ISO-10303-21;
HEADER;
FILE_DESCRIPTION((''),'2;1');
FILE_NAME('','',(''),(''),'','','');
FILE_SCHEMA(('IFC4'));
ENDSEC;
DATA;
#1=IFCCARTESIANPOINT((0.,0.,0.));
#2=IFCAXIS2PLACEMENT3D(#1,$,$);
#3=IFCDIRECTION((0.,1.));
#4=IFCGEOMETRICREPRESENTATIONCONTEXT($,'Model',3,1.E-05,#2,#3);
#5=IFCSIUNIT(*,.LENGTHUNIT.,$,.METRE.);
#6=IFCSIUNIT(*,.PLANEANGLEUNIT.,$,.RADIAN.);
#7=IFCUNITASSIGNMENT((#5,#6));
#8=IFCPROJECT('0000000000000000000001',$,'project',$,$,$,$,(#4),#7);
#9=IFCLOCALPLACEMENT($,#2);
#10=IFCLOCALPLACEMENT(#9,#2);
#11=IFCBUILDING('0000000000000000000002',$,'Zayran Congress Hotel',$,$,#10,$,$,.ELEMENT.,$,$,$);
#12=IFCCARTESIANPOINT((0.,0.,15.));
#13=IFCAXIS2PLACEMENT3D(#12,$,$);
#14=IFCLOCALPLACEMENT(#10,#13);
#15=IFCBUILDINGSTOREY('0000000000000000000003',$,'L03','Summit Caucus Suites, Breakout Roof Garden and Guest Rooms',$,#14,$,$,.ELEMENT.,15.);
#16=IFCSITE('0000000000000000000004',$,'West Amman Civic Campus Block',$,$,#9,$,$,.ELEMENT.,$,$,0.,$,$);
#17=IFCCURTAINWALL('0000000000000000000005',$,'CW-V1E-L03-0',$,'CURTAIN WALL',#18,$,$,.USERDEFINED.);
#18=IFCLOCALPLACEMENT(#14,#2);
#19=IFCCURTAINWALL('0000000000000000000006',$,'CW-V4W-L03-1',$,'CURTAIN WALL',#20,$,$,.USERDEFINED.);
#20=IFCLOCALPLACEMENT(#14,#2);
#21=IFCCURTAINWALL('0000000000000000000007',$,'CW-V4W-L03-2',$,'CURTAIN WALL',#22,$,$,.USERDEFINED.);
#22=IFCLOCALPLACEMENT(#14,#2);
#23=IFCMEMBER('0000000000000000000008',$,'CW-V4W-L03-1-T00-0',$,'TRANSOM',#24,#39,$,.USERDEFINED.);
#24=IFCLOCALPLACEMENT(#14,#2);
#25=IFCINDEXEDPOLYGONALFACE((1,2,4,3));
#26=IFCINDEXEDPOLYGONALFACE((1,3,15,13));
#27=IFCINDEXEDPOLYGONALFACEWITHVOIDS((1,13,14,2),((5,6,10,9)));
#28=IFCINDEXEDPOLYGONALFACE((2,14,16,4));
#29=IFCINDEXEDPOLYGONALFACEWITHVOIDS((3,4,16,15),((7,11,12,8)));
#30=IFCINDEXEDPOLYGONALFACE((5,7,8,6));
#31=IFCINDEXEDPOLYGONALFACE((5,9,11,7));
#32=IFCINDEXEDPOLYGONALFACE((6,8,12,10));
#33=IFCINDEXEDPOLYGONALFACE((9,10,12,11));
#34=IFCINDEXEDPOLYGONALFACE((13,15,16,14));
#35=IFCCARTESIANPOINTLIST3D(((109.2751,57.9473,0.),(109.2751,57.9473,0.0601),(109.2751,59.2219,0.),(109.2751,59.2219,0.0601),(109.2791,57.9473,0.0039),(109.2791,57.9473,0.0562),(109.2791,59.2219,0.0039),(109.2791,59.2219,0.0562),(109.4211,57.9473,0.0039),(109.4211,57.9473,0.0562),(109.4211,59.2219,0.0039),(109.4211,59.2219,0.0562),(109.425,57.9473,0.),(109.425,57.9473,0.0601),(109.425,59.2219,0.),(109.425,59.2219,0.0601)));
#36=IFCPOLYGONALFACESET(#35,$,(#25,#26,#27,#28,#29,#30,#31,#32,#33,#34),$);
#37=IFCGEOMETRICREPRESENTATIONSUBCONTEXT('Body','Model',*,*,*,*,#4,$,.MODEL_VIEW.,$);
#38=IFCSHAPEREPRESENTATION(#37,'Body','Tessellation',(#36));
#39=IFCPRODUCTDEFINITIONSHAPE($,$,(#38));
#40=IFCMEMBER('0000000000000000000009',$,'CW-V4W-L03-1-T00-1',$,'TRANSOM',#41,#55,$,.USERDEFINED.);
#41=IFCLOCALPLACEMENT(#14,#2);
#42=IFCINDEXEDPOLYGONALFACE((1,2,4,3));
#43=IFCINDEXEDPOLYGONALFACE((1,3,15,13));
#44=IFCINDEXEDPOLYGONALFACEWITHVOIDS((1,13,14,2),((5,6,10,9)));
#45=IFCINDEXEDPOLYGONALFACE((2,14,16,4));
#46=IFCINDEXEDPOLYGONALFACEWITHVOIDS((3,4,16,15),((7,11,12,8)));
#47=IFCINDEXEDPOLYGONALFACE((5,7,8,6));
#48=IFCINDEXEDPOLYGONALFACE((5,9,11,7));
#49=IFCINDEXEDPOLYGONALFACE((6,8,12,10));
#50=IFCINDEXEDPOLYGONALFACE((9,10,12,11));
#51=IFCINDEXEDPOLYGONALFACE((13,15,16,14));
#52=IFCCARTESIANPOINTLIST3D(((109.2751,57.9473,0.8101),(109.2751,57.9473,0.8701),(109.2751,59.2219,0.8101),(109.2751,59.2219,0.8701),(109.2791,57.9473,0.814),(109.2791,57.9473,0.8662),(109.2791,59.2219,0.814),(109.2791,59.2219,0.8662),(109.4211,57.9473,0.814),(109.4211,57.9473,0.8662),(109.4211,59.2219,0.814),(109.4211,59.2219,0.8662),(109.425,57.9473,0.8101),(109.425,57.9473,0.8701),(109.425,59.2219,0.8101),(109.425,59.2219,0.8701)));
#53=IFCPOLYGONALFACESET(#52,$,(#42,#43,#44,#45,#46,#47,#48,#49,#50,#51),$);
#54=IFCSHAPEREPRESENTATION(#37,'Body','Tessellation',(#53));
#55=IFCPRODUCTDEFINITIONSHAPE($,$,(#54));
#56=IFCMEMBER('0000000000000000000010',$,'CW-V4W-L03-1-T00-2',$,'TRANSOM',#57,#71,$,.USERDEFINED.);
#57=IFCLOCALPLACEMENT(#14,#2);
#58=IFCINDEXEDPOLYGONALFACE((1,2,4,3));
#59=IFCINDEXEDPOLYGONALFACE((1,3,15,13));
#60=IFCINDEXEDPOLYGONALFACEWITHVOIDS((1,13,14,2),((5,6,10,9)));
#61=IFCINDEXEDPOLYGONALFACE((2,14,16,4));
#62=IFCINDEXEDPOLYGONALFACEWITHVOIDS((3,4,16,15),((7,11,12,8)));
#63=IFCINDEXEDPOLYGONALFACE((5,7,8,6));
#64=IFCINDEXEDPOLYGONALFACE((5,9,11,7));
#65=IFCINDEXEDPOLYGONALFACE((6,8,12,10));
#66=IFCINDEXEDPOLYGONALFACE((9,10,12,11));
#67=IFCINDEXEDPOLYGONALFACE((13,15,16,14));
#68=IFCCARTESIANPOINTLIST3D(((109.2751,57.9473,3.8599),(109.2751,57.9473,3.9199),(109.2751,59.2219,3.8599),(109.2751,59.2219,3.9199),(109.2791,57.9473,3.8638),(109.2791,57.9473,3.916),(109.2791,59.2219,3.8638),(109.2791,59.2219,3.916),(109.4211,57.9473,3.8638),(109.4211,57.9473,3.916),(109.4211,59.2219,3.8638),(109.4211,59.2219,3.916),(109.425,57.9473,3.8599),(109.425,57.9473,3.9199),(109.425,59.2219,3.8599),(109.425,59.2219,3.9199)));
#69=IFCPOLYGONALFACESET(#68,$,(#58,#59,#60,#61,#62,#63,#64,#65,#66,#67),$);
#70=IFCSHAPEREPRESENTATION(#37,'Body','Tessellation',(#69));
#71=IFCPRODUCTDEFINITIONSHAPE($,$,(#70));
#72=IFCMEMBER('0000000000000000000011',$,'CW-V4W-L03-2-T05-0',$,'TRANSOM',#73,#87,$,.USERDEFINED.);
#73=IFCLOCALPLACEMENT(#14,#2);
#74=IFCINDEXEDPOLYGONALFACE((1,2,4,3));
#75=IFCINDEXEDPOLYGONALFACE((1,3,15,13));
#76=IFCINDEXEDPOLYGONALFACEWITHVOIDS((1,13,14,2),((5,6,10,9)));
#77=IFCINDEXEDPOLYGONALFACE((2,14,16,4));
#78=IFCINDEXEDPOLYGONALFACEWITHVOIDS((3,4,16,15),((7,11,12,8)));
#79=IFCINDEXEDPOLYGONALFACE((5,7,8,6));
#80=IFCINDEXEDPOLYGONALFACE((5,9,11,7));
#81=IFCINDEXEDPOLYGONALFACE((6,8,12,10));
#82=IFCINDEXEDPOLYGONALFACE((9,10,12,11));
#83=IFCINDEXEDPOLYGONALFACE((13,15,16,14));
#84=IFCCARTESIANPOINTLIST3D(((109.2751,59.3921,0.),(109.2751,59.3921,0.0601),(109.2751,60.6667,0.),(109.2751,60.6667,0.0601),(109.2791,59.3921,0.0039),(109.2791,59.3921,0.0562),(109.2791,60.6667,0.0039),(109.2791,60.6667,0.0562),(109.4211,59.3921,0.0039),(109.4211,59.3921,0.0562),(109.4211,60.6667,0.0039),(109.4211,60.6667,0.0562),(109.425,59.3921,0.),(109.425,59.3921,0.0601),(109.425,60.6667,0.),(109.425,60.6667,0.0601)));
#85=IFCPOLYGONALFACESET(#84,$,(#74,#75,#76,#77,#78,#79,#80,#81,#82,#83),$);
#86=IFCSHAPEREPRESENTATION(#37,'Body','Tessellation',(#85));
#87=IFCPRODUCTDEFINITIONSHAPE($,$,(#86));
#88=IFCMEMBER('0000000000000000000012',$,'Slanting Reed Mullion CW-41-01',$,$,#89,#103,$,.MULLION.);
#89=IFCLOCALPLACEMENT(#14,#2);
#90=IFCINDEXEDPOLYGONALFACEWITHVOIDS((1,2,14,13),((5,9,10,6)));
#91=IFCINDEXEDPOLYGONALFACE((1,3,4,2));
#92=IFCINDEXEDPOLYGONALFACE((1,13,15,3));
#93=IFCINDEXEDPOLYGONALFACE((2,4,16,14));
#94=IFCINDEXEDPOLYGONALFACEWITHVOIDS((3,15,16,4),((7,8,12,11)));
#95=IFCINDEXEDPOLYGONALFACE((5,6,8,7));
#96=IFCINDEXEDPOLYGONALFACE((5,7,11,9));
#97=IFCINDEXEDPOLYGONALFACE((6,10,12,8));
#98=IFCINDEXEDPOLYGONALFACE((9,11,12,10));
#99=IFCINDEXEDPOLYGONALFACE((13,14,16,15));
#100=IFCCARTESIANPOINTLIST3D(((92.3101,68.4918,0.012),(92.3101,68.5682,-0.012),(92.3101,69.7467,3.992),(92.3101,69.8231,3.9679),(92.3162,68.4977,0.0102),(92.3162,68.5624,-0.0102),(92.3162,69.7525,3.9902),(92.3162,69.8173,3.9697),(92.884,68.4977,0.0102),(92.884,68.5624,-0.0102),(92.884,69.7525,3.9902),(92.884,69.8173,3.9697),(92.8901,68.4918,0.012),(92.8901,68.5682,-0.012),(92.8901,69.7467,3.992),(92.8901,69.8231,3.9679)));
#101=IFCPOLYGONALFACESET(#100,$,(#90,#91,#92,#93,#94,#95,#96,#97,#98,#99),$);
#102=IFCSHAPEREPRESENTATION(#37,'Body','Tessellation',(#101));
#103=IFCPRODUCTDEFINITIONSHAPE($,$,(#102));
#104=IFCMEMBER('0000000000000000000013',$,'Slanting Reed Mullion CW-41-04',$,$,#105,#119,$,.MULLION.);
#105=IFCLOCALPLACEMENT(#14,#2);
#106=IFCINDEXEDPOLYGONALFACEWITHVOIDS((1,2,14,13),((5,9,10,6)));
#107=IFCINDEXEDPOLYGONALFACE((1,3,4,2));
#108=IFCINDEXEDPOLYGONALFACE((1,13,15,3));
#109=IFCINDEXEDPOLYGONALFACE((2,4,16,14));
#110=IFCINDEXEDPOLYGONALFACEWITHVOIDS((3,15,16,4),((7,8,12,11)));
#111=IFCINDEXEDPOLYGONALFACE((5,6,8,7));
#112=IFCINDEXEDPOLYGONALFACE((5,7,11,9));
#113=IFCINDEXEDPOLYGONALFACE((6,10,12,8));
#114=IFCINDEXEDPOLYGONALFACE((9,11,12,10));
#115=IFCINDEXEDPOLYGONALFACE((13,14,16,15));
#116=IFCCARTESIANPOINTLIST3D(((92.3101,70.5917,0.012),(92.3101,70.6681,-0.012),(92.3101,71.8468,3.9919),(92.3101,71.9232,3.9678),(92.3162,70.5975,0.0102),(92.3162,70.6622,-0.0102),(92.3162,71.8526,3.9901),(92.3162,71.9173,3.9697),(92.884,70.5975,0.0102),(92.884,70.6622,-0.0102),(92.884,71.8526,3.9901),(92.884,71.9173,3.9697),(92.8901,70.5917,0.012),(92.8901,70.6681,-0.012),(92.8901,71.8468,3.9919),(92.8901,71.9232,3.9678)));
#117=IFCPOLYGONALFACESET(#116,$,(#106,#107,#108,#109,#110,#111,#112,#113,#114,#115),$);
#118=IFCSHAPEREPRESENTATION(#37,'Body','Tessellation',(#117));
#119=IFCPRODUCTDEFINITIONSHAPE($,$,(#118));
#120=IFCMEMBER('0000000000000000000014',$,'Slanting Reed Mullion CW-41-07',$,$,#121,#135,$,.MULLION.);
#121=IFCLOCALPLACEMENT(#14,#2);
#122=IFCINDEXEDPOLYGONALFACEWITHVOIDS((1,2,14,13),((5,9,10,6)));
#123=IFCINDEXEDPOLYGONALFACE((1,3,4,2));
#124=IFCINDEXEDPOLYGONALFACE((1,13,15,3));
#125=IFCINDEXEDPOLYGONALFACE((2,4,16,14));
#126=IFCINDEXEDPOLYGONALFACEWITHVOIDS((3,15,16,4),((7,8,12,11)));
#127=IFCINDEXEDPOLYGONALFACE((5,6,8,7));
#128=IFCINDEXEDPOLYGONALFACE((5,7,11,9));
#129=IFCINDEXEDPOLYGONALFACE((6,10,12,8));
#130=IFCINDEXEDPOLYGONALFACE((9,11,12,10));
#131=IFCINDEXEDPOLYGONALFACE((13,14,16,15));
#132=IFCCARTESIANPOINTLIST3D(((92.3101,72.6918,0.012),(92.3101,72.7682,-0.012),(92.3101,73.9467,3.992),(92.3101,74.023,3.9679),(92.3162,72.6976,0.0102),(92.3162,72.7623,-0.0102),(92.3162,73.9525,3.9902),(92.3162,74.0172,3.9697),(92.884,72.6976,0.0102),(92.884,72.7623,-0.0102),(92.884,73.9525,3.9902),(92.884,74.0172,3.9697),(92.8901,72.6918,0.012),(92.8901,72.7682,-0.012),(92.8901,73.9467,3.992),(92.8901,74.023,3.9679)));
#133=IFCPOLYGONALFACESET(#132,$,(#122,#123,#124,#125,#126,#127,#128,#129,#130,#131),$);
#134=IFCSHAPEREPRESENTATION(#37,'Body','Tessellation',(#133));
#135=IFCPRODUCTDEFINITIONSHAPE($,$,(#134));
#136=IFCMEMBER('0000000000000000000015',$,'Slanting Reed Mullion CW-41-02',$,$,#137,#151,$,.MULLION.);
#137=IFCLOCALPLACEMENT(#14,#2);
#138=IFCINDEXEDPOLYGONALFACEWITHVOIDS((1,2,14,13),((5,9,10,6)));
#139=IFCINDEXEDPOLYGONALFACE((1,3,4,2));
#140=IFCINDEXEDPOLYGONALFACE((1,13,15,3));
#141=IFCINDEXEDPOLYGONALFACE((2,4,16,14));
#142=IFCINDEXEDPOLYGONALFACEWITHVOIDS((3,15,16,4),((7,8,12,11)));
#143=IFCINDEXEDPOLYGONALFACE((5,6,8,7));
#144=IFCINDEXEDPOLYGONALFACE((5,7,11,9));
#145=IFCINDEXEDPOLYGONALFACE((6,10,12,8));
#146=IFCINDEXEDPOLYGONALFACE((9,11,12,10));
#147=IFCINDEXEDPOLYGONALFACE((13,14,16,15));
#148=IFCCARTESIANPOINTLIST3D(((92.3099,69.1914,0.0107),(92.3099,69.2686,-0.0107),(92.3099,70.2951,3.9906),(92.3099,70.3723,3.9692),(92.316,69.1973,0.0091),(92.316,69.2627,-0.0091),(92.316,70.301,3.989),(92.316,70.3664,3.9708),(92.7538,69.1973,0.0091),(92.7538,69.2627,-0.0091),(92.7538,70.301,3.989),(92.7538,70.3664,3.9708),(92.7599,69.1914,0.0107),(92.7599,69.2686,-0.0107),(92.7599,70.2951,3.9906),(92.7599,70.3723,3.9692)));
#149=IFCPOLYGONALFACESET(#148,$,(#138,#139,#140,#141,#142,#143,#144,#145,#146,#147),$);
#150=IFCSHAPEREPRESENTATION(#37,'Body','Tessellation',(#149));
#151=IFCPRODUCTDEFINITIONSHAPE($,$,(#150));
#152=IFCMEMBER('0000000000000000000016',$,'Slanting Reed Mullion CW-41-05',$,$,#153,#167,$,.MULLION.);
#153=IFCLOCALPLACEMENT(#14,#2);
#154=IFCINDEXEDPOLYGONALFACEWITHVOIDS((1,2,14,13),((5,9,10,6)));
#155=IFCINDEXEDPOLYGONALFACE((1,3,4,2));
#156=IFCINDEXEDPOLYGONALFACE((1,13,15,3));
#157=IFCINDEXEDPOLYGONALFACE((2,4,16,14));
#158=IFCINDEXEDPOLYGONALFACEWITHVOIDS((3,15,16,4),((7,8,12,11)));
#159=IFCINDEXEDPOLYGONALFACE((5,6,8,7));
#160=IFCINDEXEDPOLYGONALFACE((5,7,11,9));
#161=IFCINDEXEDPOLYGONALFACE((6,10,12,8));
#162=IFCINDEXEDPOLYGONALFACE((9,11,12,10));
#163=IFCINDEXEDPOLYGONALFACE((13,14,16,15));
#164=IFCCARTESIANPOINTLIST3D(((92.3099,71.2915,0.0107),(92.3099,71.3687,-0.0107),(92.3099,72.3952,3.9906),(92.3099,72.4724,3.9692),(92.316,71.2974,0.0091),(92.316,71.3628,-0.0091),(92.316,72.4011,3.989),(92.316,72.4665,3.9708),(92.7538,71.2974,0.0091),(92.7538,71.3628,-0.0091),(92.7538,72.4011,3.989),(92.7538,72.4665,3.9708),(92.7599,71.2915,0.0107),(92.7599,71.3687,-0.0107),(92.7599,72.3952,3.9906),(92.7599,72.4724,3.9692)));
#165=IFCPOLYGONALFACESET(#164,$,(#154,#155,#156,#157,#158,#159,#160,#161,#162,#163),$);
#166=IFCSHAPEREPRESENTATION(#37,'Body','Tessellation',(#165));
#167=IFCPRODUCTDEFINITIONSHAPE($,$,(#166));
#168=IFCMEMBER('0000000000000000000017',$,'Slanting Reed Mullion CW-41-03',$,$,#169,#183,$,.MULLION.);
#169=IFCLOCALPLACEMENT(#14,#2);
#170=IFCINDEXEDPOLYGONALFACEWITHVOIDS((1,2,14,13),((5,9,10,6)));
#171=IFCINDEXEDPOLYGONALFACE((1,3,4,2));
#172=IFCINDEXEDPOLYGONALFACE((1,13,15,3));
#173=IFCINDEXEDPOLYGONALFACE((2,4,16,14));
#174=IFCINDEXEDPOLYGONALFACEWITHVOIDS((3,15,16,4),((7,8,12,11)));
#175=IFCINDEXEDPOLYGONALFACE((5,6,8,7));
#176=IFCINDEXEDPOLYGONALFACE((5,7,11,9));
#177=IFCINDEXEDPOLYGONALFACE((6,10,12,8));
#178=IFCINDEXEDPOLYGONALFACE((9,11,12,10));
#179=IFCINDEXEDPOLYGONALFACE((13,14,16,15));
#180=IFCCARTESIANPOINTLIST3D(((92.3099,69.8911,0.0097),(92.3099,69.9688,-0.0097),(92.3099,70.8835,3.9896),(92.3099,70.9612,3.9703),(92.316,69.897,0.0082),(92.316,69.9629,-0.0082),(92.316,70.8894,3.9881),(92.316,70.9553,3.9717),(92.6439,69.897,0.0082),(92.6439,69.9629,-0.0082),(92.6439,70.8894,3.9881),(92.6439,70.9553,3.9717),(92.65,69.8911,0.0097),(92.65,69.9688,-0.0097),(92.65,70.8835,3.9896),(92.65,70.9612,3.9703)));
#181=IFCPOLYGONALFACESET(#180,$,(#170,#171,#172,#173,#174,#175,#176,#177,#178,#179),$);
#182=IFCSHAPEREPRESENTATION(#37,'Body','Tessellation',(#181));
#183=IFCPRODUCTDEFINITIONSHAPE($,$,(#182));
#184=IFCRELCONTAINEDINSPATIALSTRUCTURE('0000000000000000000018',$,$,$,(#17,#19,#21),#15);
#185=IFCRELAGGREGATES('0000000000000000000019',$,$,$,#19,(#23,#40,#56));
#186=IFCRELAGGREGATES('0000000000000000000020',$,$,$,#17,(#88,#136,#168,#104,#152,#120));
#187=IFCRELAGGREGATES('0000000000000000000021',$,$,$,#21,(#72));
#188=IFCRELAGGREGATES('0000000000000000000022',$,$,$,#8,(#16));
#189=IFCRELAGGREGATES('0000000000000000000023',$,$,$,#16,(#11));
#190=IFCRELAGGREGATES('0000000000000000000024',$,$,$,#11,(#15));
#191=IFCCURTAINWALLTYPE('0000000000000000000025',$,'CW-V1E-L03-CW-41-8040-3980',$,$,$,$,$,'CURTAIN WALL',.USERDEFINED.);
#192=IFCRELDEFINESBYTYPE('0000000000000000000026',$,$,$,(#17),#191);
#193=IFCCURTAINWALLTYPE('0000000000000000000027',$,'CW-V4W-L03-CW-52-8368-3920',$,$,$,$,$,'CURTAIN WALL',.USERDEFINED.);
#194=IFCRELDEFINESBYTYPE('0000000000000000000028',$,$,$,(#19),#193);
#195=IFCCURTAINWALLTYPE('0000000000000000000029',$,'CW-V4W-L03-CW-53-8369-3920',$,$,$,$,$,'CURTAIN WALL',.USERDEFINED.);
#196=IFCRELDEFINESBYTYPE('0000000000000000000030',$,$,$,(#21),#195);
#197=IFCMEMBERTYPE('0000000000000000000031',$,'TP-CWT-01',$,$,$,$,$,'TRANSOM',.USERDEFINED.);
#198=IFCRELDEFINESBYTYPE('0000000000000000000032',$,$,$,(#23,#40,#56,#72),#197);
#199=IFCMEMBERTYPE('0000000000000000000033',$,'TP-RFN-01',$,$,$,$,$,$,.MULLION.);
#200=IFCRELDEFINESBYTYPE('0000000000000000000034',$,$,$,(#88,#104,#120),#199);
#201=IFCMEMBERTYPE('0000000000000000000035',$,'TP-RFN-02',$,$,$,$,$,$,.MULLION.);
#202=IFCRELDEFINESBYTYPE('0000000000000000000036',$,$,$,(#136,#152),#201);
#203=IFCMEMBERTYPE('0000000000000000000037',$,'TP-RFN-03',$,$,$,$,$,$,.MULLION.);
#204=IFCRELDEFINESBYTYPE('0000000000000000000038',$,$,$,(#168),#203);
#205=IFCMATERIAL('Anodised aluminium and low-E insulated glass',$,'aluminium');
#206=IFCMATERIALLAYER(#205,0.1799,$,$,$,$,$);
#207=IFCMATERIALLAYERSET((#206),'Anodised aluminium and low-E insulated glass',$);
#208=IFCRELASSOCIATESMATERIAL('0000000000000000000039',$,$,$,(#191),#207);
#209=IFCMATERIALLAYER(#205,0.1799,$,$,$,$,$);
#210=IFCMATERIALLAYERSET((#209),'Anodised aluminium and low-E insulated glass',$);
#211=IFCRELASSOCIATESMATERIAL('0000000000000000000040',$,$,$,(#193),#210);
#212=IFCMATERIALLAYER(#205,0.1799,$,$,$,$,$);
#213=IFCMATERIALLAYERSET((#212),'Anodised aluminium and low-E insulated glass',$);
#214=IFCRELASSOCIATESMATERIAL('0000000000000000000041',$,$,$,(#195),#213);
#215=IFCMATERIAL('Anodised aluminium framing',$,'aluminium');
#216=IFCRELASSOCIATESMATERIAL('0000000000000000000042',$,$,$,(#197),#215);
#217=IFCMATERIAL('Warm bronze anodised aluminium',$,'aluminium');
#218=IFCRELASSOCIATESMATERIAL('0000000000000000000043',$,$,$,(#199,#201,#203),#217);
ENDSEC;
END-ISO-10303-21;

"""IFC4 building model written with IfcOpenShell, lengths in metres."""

from ifc_helpers import new_model, si_unit, direction, frame, origin, origin_2d, place, context, subcontext, project, spatial, hollow_rectangle, extrude, material, layer, layer_set, material_profile, profile_set, type_object, element, aggregate, save


model = new_model("IFC4")

# Units and contexts
model_context = context("Model", 3, precision=1e-05, world=origin(), true_north=direction((0.0, 1.0)))
body_context = subcontext(model_context, "Body", "Model", "MODEL_VIEW")
ifc_project = project(units=[si_unit("LENGTHUNIT", "METRE"), si_unit("PLANEANGLEUNIT", "RADIAN")], contexts=[model_context])

# Site, building, storey
site_placement = place(None, origin())
site = spatial("IfcSite", under=ifc_project, at=site_placement, Name="West Amman Civic Campus Block", CompositionType="ELEMENT", RefElevation=0.0)
building_placement = place(site_placement, origin())
building = spatial("IfcBuilding", under=site, at=building_placement, Name="Zayran Congress Hotel", CompositionType="ELEMENT")
storey_placement = place(building_placement, frame((0.0, 0.0, 15.0)))
storey = spatial("IfcBuildingStorey", under=building, at=storey_placement, Name="L03", Description="Summit Caucus Suites, Breakout Roof Garden and Guest Rooms", CompositionType="ELEMENT", Elevation=15.0)

# Shared definitions
ifc_material_1 = material(Name="Anodised aluminium and low-E insulated glass", Category="aluminium")
ifc_material_2 = material(Name="Anodised aluminium framing", Category="aluminium")

# Curtain wall
ifc_layer_1 = layer(ifc_material_1, 0.1799)
ifc_layer_set_1 = layer_set([ifc_layer_1], Name="Anodised aluminium and low-E insulated glass")
curtain_wall_type_1 = type_object("IfcCurtainWallType", Name="CW-V1E-L03-CW-41-8040-3980", ElementType="CURTAIN WALL", PredefinedType="USERDEFINED", material=ifc_layer_set_1)
curtain_wall_1_placement = place(storey_placement, origin())
curtain_wall_1 = element("IfcCurtainWall", 1, at=curtain_wall_1_placement, inside=storey, type_object=curtain_wall_type_1, Name="CW-V1E-L03-0", ObjectType="CURTAIN WALL", PredefinedType="USERDEFINED")

# Curtain walls
ifc_layer_2 = layer(ifc_material_1, 0.1799)
ifc_layer_set_2 = layer_set([ifc_layer_2], Name="Anodised aluminium and low-E insulated glass")
curtain_wall_type_2 = type_object("IfcCurtainWallType", Name="CW-V4W-L03-CW-52-8368-3920", ElementType="CURTAIN WALL", PredefinedType="USERDEFINED", material=ifc_layer_set_2)
curtain_wall_2_placement = place(storey_placement, origin())
curtain_wall_2 = element("IfcCurtainWall", 2, at=curtain_wall_2_placement, inside=storey, type_object=curtain_wall_type_2, Name="CW-V4W-L03-1", ObjectType="CURTAIN WALL", PredefinedType="USERDEFINED")
ifc_layer_3 = layer(ifc_material_1, 0.1799)
ifc_layer_set_3 = layer_set([ifc_layer_3], Name="Anodised aluminium and low-E insulated glass")
curtain_wall_type_3 = type_object("IfcCurtainWallType", Name="CW-V4W-L03-CW-53-8369-3920", ElementType="CURTAIN WALL", PredefinedType="USERDEFINED", material=ifc_layer_set_3)
curtain_wall_3_placement = place(storey_placement, origin())
curtain_wall_3 = element("IfcCurtainWall", 3, at=curtain_wall_3_placement, inside=storey, type_object=curtain_wall_type_3, Name="CW-V4W-L03-2", ObjectType="CURTAIN WALL", PredefinedType="USERDEFINED")

# Members
ifc_material_profile_1 = material_profile(ifc_material_2, hollow_rectangle(XDim=0.0601, YDim=0.1499, WallThickness=0.0039, at=origin_2d()), Name="RHS 150x60x4")
ifc_profile_set_1 = profile_set([ifc_material_profile_1], Name="Anodised aluminium framing")
member_type_1 = type_object("IfcMemberType", Name="TP-CWT-01", ElementType="TRANSOM", PredefinedType="USERDEFINED", material=ifc_profile_set_1)
member_1_placement = place(storey_placement, frame((109.3501, 59.2219, 0.03), z_axis=(0.0, -1.0, 0.0), x_axis=(0.0, 0.0, 1.0)))
member_1 = element("IfcMember", 4, at=member_1_placement, type_object=member_type_1, Name="CW-V4W-L03-1-T00-0", ObjectType="TRANSOM", PredefinedType="USERDEFINED", context=body_context, shape_type="SweptSolid", body=[
    extrude(hollow_rectangle(XDim=0.0601, YDim=0.1499, WallThickness=0.0039, at=origin_2d()), origin(), (0.0, 0.0, 1.0), 1.2747),
])
member_2_placement = place(storey_placement, frame((109.3501, 59.2219, 0.8401), z_axis=(0.0, -1.0, 0.0), x_axis=(0.0, 0.0, 1.0)))
member_2 = element("IfcMember", 5, at=member_2_placement, type_object=member_type_1, Name="CW-V4W-L03-1-T00-1", ObjectType="TRANSOM", PredefinedType="USERDEFINED", context=body_context, shape_type="SweptSolid", body=[
    extrude(hollow_rectangle(XDim=0.0601, YDim=0.1499, WallThickness=0.0039, at=origin_2d()), origin(), (0.0, 0.0, 1.0), 1.2747),
])
member_3_placement = place(storey_placement, frame((109.3501, 59.2219, 3.8899), z_axis=(0.0, -1.0, 0.0), x_axis=(0.0, 0.0, 1.0)))
member_3 = element("IfcMember", 6, at=member_3_placement, type_object=member_type_1, Name="CW-V4W-L03-1-T00-2", ObjectType="TRANSOM", PredefinedType="USERDEFINED", context=body_context, shape_type="SweptSolid", body=[
    extrude(hollow_rectangle(XDim=0.0601, YDim=0.1499, WallThickness=0.0039, at=origin_2d()), origin(), (0.0, 0.0, 1.0), 1.2747),
])
aggregate(curtain_wall_2, [member_1, member_2, member_3])
member_4_placement = place(storey_placement, frame((109.3501, 60.6667, 0.03), z_axis=(0.0, -1.0, 0.0), x_axis=(0.0, 0.0, 1.0)))
member_4 = element("IfcMember", 7, at=member_4_placement, type_object=member_type_1, Name="CW-V4W-L03-2-T05-0", ObjectType="TRANSOM", PredefinedType="USERDEFINED", context=body_context, shape_type="SweptSolid", body=[
    extrude(hollow_rectangle(XDim=0.0601, YDim=0.1499, WallThickness=0.0039, at=origin_2d()), origin(), (0.0, 0.0, 1.0), 1.2747),
])
ifc_material_3 = material(Name="Warm bronze anodised aluminium", Category="aluminium")
ifc_material_profile_2 = material_profile(ifc_material_3, hollow_rectangle(XDim=0.0801, YDim=0.5801, WallThickness=0.0061, at=origin_2d()), Name="RHS 580x80x6")
ifc_profile_set_2 = profile_set([ifc_material_profile_2], Name="Warm bronze anodised aluminium")
member_type_2 = type_object("IfcMemberType", Name="TP-RFN-01", PredefinedType="MULLION", material=ifc_profile_set_2)
member_5_placement = place(storey_placement, frame((92.6001, 68.53, 0.0), z_axis=(0.0, 0.300706, 0.953717), x_axis=(0.0, -0.953717, 0.300706)))
member_5 = element("IfcMember", 8, at=member_5_placement, type_object=member_type_2, Name="Slanting Reed Mullion CW-41-01", PredefinedType="MULLION", context=body_context, shape_type="SweptSolid", body=[
    extrude(hollow_rectangle(XDim=0.0801, YDim=0.5801, WallThickness=0.0061, at=origin_2d()), origin(), (0.0, 0.0, 1.0), 4.1731),
])
member_6_placement = place(storey_placement, frame((92.6001, 70.6299, 0.0), z_axis=(0.0, 0.300759, 0.9537), x_axis=(0.0, -0.9537, 0.300759)))
member_6 = element("IfcMember", 9, at=member_6_placement, type_object=member_type_2, Name="Slanting Reed Mullion CW-41-04", PredefinedType="MULLION", context=body_context, shape_type="SweptSolid", body=[
    extrude(hollow_rectangle(XDim=0.0801, YDim=0.5801, WallThickness=0.0061, at=origin_2d()), origin(), (0.0, 0.0, 1.0), 4.1731),
])
member_7_placement = place(storey_placement, frame((92.6001, 72.73, 0.0), z_axis=(0.0, 0.300706, 0.953717), x_axis=(0.0, -0.953717, 0.300706)))
member_7 = element("IfcMember", 10, at=member_7_placement, type_object=member_type_2, Name="Slanting Reed Mullion CW-41-07", PredefinedType="MULLION", context=body_context, shape_type="SweptSolid", body=[
    extrude(hollow_rectangle(XDim=0.0801, YDim=0.5801, WallThickness=0.0061, at=origin_2d()), origin(), (0.0, 0.0, 1.0), 4.1731),
])
ifc_material_profile_3 = material_profile(ifc_material_3, hollow_rectangle(XDim=0.0801, YDim=0.45, WallThickness=0.0061, at=origin_2d()), Name="RHS 450x80x6")
ifc_profile_set_3 = profile_set([ifc_material_profile_3], Name="Warm bronze anodised aluminium")
member_type_3 = type_object("IfcMemberType", Name="TP-RFN-02", PredefinedType="MULLION", material=ifc_profile_set_3)
member_8_placement = place(storey_placement, frame((92.5349, 69.23, 0.0), z_axis=(0.0, 0.267241, 0.96363), x_axis=(0.0, -0.96363, 0.267241)))
member_8 = element("IfcMember", 11, at=member_8_placement, type_object=member_type_3, Name="Slanting Reed Mullion CW-41-02", PredefinedType="MULLION", context=body_context, shape_type="SweptSolid", body=[
    extrude(hollow_rectangle(XDim=0.0801, YDim=0.45, WallThickness=0.0061, at=origin_2d()), origin(), (0.0, 0.0, 1.0), 4.1301),
])
member_9_placement = place(storey_placement, frame((92.5349, 71.3301, 0.0), z_axis=(0.0, 0.267241, 0.96363), x_axis=(0.0, -0.96363, 0.267241)))
member_9 = element("IfcMember", 12, at=member_9_placement, type_object=member_type_3, Name="Slanting Reed Mullion CW-41-05", PredefinedType="MULLION", context=body_context, shape_type="SweptSolid", body=[
    extrude(hollow_rectangle(XDim=0.0801, YDim=0.45, WallThickness=0.0061, at=origin_2d()), origin(), (0.0, 0.0, 1.0), 4.1301),
])
ifc_material_profile_4 = material_profile(ifc_material_3, hollow_rectangle(XDim=0.0801, YDim=0.3401, WallThickness=0.0061, at=origin_2d()), Name="RHS 340x80x6")
ifc_profile_set_4 = profile_set([ifc_material_profile_4], Name="Warm bronze anodised aluminium")
member_type_4 = type_object("IfcMemberType", Name="TP-RFN-03", PredefinedType="MULLION", material=ifc_profile_set_4)
member_10_placement = place(storey_placement, frame((92.48, 69.9299, 0.0), z_axis=(0.0, 0.241947, 0.970289), x_axis=(0.0, -0.970289, 0.241947)))
member_10 = element("IfcMember", 13, at=member_10_placement, type_object=member_type_4, Name="Slanting Reed Mullion CW-41-03", PredefinedType="MULLION", context=body_context, shape_type="SweptSolid", body=[
    extrude(hollow_rectangle(XDim=0.0801, YDim=0.3401, WallThickness=0.0061, at=origin_2d()), origin(), (0.0, 0.0, 1.0), 4.1018),
])

aggregate(curtain_wall_1, [member_5, member_8, member_10, member_6, member_9, member_7])
aggregate(curtain_wall_3, [member_4])

save(model, "model.ifc")
